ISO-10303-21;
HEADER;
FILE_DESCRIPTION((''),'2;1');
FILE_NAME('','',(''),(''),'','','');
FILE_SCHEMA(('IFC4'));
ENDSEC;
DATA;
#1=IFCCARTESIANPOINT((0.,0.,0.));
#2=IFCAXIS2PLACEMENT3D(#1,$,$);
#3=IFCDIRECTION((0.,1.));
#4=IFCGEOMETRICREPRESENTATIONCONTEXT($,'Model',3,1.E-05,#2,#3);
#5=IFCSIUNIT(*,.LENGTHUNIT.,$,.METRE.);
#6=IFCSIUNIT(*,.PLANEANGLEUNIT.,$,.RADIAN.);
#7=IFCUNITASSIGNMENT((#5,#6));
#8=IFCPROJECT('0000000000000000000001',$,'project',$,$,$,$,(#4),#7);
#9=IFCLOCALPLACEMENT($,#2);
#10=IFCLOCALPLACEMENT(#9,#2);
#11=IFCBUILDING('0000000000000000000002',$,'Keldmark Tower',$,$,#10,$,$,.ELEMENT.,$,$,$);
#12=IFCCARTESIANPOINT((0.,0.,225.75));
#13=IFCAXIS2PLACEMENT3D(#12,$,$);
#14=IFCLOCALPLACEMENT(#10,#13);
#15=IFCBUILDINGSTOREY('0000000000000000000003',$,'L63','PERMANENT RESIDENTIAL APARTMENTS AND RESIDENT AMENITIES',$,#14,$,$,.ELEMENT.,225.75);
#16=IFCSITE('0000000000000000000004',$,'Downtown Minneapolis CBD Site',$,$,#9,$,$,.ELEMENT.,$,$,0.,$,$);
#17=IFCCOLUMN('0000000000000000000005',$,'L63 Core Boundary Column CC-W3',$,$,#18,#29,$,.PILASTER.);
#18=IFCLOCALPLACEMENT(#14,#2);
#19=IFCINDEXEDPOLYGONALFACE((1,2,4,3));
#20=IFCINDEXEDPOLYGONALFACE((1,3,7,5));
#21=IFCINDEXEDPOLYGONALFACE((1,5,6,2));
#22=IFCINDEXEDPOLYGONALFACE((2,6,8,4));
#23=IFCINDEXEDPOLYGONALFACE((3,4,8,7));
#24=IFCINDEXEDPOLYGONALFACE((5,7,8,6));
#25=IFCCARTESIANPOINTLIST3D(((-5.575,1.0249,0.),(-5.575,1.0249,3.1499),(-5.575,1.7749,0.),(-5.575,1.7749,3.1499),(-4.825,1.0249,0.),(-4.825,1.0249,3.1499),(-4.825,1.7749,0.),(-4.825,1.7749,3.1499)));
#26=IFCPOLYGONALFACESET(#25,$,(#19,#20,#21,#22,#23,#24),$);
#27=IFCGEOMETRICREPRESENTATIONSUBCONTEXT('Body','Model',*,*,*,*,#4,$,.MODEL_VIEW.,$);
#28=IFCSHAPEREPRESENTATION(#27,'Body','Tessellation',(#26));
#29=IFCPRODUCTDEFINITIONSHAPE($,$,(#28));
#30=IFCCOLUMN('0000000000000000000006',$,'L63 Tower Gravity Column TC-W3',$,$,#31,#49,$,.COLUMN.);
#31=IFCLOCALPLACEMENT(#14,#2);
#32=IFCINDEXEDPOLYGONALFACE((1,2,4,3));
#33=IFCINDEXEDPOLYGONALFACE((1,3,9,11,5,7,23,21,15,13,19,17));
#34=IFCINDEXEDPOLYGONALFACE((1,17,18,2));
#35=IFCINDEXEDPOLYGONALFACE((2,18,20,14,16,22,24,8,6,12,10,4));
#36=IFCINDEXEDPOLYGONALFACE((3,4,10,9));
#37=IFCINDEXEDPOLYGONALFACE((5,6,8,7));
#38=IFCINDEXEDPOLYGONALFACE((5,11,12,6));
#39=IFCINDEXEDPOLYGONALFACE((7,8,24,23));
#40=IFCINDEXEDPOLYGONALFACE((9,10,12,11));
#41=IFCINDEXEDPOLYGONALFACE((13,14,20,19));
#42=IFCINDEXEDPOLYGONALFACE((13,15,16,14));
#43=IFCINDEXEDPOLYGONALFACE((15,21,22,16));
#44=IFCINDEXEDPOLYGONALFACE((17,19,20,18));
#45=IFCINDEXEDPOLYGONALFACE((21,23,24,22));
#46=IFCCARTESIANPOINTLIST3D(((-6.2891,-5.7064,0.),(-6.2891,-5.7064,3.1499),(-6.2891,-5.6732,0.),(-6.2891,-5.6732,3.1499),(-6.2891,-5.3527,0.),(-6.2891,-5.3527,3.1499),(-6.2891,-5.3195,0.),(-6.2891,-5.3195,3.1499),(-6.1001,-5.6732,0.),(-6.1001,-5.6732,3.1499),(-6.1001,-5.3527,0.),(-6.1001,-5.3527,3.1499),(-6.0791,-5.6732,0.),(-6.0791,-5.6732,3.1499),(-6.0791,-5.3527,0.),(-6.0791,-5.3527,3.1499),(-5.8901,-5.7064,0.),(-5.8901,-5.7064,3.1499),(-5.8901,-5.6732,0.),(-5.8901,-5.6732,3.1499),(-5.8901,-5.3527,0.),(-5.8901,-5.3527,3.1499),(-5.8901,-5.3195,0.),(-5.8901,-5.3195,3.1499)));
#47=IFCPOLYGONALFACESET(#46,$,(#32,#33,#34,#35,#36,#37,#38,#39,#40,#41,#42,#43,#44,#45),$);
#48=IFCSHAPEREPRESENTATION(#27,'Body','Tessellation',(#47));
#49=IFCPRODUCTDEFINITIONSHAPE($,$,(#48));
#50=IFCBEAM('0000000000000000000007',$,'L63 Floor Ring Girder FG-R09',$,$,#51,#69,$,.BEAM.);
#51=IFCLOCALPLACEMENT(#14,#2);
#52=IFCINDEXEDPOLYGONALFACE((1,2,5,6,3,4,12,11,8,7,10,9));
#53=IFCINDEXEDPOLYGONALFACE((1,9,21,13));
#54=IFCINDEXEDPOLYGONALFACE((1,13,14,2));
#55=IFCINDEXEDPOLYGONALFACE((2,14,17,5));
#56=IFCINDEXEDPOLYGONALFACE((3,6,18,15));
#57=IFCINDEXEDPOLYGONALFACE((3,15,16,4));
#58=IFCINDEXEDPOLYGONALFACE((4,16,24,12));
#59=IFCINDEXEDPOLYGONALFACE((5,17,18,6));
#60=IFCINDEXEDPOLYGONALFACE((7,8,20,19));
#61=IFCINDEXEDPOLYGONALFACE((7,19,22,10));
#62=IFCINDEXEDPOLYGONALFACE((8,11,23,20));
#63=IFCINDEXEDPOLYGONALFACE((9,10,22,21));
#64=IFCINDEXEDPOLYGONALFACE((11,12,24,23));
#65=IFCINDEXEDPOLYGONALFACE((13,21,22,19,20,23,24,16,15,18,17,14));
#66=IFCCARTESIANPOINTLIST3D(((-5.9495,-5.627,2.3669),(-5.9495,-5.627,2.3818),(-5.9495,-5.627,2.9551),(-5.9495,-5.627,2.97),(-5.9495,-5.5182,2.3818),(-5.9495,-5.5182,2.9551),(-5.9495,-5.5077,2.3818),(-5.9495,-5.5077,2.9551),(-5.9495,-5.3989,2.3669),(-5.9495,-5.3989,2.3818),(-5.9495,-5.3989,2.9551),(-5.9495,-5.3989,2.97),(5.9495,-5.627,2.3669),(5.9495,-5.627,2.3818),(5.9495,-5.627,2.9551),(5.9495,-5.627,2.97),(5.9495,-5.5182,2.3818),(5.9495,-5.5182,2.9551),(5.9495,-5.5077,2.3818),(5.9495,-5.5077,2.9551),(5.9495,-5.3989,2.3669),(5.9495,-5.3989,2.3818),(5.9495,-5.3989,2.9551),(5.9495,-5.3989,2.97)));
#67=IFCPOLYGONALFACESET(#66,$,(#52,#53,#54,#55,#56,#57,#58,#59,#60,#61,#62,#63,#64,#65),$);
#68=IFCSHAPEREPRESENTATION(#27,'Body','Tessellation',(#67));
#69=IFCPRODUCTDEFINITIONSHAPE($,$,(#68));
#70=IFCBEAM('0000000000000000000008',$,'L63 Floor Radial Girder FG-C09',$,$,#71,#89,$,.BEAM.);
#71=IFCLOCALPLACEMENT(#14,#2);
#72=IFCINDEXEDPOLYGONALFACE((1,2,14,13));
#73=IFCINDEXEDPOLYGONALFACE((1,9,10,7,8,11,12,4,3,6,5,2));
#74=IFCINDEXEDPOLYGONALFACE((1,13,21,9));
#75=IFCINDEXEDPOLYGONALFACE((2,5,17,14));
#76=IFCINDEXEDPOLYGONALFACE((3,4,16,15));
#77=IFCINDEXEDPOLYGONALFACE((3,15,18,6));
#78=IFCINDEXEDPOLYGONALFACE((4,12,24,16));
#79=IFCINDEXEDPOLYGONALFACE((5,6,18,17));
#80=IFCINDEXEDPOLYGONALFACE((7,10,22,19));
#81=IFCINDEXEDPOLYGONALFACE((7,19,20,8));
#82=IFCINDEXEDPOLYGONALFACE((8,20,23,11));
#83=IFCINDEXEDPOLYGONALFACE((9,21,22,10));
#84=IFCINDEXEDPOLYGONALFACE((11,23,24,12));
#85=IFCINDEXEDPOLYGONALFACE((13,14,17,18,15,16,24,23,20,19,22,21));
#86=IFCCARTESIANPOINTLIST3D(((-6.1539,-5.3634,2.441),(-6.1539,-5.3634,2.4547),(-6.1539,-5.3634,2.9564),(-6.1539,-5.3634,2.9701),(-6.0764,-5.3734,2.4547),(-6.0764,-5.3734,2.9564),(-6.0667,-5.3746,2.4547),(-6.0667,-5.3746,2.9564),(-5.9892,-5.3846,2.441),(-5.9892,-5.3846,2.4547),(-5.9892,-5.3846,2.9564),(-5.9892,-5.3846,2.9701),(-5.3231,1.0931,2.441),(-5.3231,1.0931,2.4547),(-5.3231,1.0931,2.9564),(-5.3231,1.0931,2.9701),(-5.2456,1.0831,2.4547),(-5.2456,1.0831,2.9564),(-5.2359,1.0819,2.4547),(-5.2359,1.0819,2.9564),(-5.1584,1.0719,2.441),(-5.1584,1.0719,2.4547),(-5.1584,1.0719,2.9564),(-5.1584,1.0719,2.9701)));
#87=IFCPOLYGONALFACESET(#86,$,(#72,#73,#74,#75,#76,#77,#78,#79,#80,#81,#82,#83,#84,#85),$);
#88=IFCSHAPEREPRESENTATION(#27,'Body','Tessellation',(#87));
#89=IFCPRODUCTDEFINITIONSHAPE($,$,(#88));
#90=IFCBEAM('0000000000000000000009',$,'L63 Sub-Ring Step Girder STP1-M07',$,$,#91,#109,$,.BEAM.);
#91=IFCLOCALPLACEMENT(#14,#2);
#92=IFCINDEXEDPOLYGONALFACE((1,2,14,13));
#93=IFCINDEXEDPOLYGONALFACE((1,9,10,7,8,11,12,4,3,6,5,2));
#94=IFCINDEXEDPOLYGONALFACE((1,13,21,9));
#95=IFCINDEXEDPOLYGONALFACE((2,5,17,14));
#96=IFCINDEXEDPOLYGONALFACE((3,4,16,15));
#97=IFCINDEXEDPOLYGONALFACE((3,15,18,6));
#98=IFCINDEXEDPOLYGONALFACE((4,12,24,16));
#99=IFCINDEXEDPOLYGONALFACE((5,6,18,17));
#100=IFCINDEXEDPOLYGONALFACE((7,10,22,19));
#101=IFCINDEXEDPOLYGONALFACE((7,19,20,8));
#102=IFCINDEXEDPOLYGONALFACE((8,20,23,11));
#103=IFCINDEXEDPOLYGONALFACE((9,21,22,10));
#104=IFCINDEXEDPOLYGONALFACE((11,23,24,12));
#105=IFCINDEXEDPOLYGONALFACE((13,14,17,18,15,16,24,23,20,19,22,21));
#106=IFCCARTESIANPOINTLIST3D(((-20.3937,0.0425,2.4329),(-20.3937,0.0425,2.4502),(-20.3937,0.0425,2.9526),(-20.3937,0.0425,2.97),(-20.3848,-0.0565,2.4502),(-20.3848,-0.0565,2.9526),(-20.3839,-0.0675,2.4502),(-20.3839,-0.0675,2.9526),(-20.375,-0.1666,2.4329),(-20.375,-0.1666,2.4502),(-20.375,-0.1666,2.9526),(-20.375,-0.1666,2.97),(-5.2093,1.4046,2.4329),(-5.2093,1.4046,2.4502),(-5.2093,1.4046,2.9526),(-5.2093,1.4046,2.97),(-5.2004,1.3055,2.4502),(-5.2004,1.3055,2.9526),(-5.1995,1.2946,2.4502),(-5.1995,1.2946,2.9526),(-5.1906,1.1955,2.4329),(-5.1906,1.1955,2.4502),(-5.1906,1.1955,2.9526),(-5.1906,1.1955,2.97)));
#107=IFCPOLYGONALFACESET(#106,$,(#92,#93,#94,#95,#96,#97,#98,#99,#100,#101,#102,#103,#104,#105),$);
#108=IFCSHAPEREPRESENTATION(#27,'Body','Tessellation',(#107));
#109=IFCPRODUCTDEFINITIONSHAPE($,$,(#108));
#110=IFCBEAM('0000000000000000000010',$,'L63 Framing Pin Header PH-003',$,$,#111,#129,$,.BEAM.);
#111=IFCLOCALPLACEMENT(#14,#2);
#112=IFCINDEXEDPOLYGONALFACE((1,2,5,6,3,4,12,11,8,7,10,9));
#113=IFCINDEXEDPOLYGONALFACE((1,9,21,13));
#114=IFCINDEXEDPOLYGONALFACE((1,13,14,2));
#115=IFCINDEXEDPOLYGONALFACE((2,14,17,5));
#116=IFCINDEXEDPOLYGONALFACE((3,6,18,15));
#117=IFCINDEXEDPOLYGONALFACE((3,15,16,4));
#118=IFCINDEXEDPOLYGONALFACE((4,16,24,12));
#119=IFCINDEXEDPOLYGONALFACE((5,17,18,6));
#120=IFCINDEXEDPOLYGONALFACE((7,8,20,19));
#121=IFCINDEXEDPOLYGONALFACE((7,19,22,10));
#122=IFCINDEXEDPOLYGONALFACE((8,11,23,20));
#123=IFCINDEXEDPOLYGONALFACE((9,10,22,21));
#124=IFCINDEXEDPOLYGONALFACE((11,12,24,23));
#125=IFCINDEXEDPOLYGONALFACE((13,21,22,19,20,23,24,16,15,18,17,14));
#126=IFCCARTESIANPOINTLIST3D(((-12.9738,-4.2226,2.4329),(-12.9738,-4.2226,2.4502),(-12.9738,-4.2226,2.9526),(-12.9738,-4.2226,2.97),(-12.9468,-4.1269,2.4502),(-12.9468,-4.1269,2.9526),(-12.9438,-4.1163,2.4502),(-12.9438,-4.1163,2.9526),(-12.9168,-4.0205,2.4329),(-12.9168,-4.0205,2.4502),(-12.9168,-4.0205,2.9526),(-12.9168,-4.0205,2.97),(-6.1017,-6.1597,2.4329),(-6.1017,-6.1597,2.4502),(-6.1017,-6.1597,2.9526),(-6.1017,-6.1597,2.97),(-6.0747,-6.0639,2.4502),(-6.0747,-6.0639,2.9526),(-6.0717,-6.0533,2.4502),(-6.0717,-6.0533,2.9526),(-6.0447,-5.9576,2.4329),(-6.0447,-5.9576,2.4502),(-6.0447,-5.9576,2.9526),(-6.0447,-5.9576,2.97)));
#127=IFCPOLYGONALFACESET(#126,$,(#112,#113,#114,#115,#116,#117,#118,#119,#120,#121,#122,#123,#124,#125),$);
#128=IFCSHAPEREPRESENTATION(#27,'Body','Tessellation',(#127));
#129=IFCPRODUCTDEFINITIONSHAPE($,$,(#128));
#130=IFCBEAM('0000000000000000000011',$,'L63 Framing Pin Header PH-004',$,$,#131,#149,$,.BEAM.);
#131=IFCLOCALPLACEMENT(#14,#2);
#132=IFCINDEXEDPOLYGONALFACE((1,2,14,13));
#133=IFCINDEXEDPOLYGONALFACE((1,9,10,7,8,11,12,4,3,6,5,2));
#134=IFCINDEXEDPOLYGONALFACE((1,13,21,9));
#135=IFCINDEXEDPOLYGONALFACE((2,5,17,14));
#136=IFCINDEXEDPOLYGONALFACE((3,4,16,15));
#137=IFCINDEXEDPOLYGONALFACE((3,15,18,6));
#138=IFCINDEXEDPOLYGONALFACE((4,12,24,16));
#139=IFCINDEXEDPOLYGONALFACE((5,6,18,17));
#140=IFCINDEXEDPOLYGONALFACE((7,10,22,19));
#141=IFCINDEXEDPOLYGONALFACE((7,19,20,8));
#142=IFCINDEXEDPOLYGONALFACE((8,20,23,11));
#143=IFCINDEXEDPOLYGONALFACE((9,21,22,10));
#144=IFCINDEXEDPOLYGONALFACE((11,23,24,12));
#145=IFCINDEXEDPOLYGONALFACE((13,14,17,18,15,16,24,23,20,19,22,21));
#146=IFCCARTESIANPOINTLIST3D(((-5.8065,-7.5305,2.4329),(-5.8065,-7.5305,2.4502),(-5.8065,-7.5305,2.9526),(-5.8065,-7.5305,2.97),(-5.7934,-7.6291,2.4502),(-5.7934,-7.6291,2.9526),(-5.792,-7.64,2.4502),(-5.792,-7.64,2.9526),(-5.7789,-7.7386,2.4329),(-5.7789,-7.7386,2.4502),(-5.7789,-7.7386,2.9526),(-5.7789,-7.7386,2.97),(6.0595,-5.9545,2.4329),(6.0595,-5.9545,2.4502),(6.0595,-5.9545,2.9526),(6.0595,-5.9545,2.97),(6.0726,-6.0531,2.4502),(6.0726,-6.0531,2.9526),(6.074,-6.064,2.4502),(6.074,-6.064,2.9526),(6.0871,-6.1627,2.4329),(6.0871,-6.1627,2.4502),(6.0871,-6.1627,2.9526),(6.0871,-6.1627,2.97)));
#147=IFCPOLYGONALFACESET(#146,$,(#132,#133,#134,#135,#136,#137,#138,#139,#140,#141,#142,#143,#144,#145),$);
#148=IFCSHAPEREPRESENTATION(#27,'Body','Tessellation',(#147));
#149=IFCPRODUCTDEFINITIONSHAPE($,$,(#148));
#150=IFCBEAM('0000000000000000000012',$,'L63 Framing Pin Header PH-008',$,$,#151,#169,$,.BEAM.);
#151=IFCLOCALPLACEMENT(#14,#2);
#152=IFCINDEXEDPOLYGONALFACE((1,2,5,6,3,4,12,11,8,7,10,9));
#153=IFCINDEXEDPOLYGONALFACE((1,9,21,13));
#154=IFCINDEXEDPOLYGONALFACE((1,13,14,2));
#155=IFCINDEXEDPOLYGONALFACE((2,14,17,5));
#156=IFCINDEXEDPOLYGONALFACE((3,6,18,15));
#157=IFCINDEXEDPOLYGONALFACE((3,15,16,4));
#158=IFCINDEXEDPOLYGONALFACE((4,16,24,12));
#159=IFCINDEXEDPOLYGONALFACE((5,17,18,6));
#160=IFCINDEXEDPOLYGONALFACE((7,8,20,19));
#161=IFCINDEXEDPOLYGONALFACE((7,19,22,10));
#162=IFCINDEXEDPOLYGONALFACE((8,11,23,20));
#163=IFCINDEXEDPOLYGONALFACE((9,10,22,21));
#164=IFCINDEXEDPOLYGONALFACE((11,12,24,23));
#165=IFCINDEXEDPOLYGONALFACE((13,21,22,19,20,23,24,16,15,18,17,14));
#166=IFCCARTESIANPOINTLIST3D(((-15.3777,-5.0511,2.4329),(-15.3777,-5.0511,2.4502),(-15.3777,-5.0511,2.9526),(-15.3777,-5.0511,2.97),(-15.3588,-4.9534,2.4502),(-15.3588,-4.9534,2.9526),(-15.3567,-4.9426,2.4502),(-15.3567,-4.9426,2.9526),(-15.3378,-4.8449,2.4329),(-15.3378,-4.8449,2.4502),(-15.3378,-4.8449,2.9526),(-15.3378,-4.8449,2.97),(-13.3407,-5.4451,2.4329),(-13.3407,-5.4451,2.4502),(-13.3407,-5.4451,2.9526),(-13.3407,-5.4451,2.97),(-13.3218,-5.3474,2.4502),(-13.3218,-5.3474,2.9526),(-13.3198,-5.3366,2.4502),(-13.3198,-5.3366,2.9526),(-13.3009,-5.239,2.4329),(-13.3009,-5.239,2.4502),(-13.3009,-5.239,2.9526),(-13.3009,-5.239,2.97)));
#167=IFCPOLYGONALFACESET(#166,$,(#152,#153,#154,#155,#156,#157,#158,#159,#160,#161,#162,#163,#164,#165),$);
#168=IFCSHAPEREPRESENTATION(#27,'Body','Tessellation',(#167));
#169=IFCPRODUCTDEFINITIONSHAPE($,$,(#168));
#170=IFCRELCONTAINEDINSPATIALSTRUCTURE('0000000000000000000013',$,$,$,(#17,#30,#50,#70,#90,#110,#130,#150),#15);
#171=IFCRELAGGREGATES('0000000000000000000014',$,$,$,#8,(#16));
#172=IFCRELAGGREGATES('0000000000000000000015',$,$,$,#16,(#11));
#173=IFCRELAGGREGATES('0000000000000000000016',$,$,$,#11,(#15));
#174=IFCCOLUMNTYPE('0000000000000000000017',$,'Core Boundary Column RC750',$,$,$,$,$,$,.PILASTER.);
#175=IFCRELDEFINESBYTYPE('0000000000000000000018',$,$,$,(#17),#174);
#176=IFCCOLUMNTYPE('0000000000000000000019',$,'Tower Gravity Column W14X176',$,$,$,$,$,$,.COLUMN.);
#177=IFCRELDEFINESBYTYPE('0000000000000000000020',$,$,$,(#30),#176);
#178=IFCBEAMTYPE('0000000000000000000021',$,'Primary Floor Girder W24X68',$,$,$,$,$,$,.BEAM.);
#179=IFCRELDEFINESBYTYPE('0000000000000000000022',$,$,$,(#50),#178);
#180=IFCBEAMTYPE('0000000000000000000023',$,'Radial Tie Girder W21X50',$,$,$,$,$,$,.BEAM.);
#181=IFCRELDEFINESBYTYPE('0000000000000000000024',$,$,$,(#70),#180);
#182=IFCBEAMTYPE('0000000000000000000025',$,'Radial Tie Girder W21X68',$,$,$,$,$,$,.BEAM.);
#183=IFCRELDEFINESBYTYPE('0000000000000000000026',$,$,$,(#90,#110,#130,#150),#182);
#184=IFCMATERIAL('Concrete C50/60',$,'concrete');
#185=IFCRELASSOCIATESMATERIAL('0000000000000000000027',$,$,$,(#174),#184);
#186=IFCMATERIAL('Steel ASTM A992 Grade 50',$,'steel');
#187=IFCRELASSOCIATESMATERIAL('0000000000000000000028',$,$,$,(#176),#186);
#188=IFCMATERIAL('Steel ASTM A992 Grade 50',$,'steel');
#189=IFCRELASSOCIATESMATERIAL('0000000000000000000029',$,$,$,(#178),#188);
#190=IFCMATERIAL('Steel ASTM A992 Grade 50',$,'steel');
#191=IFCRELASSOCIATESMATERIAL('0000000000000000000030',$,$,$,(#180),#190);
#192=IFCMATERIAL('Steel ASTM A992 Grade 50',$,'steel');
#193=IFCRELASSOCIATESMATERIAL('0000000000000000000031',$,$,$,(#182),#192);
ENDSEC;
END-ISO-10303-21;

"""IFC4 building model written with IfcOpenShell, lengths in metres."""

from ifc_helpers import new_model, si_unit, direction, frame, origin, origin_2d, place, context, subcontext, project, spatial, rectangle, i_section, extrude, material, material_profile, profile_set, type_object, element, save


model = new_model("IFC4")

# Units and contexts
model_context = context("Model", 3, precision=1e-05, world=origin(), true_north=direction((0.0, 1.0)))
body_context = subcontext(model_context, "Body", "Model", "MODEL_VIEW")
ifc_project = project(units=[si_unit("LENGTHUNIT", "METRE"), si_unit("PLANEANGLEUNIT", "RADIAN")], contexts=[model_context])

# Site, building, storey
site_placement = place(None, origin())
site = spatial("IfcSite", under=ifc_project, at=site_placement, Name="Downtown Minneapolis CBD Site", CompositionType="ELEMENT", RefElevation=0.0)
building_placement = place(site_placement, origin())
building = spatial("IfcBuilding", under=site, at=building_placement, Name="Keldmark Tower", CompositionType="ELEMENT")
storey_placement = place(building_placement, frame((0.0, 0.0, 225.75)))
storey = spatial("IfcBuildingStorey", under=building, at=storey_placement, Name="L63", Description="PERMANENT RESIDENTIAL APARTMENTS AND RESIDENT AMENITIES", CompositionType="ELEMENT", Elevation=225.75)

# Columns
ifc_material_1 = material(Name="Concrete C50/60", Category="concrete")
ifc_material_profile_1 = material_profile(ifc_material_1, rectangle(XDim=0.75, YDim=0.75, at=origin_2d()), Name="RC750X750")
ifc_profile_set_1 = profile_set([ifc_material_profile_1], Name="Concrete C50/60")
column_type_1 = type_object("IfcColumnType", Name="Core Boundary Column RC750", PredefinedType="PILASTER", material=ifc_profile_set_1)
column_1_placement = place(storey_placement, frame((-5.2, 1.3999, 0.0), z_axis=(0.0, 0.0, 1.0), x_axis=(1.0, 0.0, 0.0)))
element("IfcColumn", 1, at=column_1_placement, inside=storey, type_object=column_type_1, Name="L63 Core Boundary Column CC-W3", PredefinedType="PILASTER", context=body_context, shape_type="SweptSolid", body=[
    extrude(rectangle(XDim=0.75, YDim=0.75, at=origin_2d()), origin(), (0.0, 0.0, 1.0), 3.1499),
])
ifc_material_2 = material(Name="Steel ASTM A992 Grade 50", Category="steel")
ifc_material_profile_2 = material_profile(ifc_material_2, i_section(OverallWidth=0.3989, OverallDepth=0.387, WebThickness=0.021, FlangeThickness=0.0332, at=origin_2d()), Name="W14X176")
ifc_profile_set_2 = profile_set([ifc_material_profile_2], Name="Steel ASTM A992 Grade 50")
column_type_2 = type_object("IfcColumnType", Name="Tower Gravity Column W14X176", PredefinedType="COLUMN", material=ifc_profile_set_2)
column_2_placement = place(storey_placement, frame((-6.0896, -5.5129, 0.0), z_axis=(0.0, 0.0, 1.0), x_axis=(1.0, 0.0, 0.0)))
element("IfcColumn", 2, at=column_2_placement, inside=storey, type_object=column_type_2, Name="L63 Tower Gravity Column TC-W3", PredefinedType="COLUMN", context=body_context, shape_type="SweptSolid", body=[
    extrude(i_section(OverallWidth=0.3989, OverallDepth=0.387, WebThickness=0.021, FlangeThickness=0.0332, at=origin_2d()), origin(), (0.0, 0.0, 1.0), 3.1499),
])

# Beams
ifc_material_3 = material(Name="Steel ASTM A992 Grade 50", Category="steel")
ifc_material_profile_3 = material_profile(ifc_material_3, i_section(OverallWidth=0.228, OverallDepth=0.603, WebThickness=0.0105, FlangeThickness=0.0149, at=origin_2d()), Name="W24X68")
ifc_profile_set_3 = profile_set([ifc_material_profile_3], Name="Steel ASTM A992 Grade 50")
beam_type_1 = type_object("IfcBeamType", Name="Primary Floor Girder W24X68", PredefinedType="BEAM", material=ifc_profile_set_3)
beam_1_placement = place(storey_placement, frame((-5.9495, -5.5129, 2.6685), z_axis=(1.0, 0.0, 0.0), x_axis=(0.0, 1.0, 0.0)))
element("IfcBeam", 3, at=beam_1_placement, inside=storey, type_object=beam_type_1, Name="L63 Floor Ring Girder FG-R09", PredefinedType="BEAM", context=body_context, shape_type="SweptSolid", body=[
    extrude(i_section(OverallWidth=0.228, OverallDepth=0.603, WebThickness=0.0105, FlangeThickness=0.0149, at=origin_2d()), origin(), (0.0, 0.0, 1.0), 11.8989),
])
ifc_material_4 = material(Name="Steel ASTM A992 Grade 50", Category="steel")
ifc_material_profile_4 = material_profile(ifc_material_4, i_section(OverallWidth=0.166, OverallDepth=0.5291, WebThickness=0.0098, FlangeThickness=0.0137, at=origin_2d()), Name="W21X50")
ifc_profile_set_4 = profile_set([ifc_material_profile_4], Name="Steel ASTM A992 Grade 50")
beam_type_2 = type_object("IfcBeamType", Name="Radial Tie Girder W21X50", PredefinedType="BEAM", material=ifc_profile_set_4)
beam_2_placement = place(storey_placement, frame((-6.0715, -5.374, 2.7056), z_axis=(0.127625, 0.991822, 0.0), x_axis=(-0.991822, 0.127625, 0.0)))
element("IfcBeam", 4, at=beam_2_placement, inside=storey, type_object=beam_type_2, Name="L63 Floor Radial Girder FG-C09", PredefinedType="BEAM", context=body_context, shape_type="SweptSolid", body=[
    extrude(i_section(OverallWidth=0.166, OverallDepth=0.5291, WebThickness=0.0098, FlangeThickness=0.0137, at=origin_2d()), origin(), (0.0, 0.0, 1.0), 6.5098),
])
ifc_material_5 = material(Name="Steel ASTM A992 Grade 50", Category="steel")
ifc_material_profile_5 = material_profile(ifc_material_5, i_section(OverallWidth=0.21, OverallDepth=0.5371, WebThickness=0.011, FlangeThickness=0.0173, at=origin_2d()), Name="W21X68")
ifc_profile_set_5 = profile_set([ifc_material_profile_5], Name="Steel ASTM A992 Grade 50")
beam_type_3 = type_object("IfcBeamType", Name="Radial Tie Girder W21X68", PredefinedType="BEAM", material=ifc_profile_set_5)
beam_3_placement = place(storey_placement, frame((-5.2, 1.3, 2.7014), z_axis=(-0.996001, -0.089343, 0.0), x_axis=(0.089343, -0.996001, 0.0)))
element("IfcBeam", 5, at=beam_3_placement, inside=storey, type_object=beam_type_3, Name="L63 Sub-Ring Step Girder STP1-M07", PredefinedType="BEAM", context=body_context, shape_type="SweptSolid", body=[
    extrude(i_section(OverallWidth=0.21, OverallDepth=0.5371, WebThickness=0.011, FlangeThickness=0.0173, at=origin_2d()), origin(), (0.0, 0.0, 1.0), 15.2454),
])
beam_4_placement = place(storey_placement, frame((-12.9453, -4.1216, 2.7014), z_axis=(0.962496, -0.271296, 0.0), x_axis=(0.271296, 0.962496, 0.0)))
element("IfcBeam", 6, at=beam_4_placement, inside=storey, type_object=beam_type_3, Name="L63 Framing Pin Header PH-003", PredefinedType="BEAM", context=body_context, shape_type="SweptSolid", body=[
    extrude(i_section(OverallWidth=0.21, OverallDepth=0.5371, WebThickness=0.011, FlangeThickness=0.0173, at=origin_2d()), origin(), (0.0, 0.0, 1.0), 7.1399),
])
beam_5_placement = place(storey_placement, frame((-5.7927, -7.6345, 2.7014), z_axis=(0.991296, 0.131655, 0.0), x_axis=(-0.131655, 0.991296, 0.0)))
element("IfcBeam", 7, at=beam_5_placement, inside=storey, type_object=beam_type_3, Name="L63 Framing Pin Header PH-004", PredefinedType="BEAM", context=body_context, shape_type="SweptSolid", body=[
    extrude(i_section(OverallWidth=0.21, OverallDepth=0.5371, WebThickness=0.011, FlangeThickness=0.0173, at=origin_2d()), origin(), (0.0, 0.0, 1.0), 11.9702),
])
beam_6_placement = place(storey_placement, frame((-13.3208, -5.342, 2.7014), z_axis=(-0.981797, 0.189934, 0.0), x_axis=(-0.189934, -0.981797, 0.0)))
element("IfcBeam", 8, at=beam_6_placement, inside=storey, type_object=beam_type_3, Name="L63 Framing Pin Header PH-008", PredefinedType="BEAM", context=body_context, shape_type="SweptSolid", body=[
    extrude(i_section(OverallWidth=0.21, OverallDepth=0.5371, WebThickness=0.011, FlangeThickness=0.0173, at=origin_2d()), origin(), (0.0, 0.0, 1.0), 2.0747),
])

save(model, "model.ifc")
